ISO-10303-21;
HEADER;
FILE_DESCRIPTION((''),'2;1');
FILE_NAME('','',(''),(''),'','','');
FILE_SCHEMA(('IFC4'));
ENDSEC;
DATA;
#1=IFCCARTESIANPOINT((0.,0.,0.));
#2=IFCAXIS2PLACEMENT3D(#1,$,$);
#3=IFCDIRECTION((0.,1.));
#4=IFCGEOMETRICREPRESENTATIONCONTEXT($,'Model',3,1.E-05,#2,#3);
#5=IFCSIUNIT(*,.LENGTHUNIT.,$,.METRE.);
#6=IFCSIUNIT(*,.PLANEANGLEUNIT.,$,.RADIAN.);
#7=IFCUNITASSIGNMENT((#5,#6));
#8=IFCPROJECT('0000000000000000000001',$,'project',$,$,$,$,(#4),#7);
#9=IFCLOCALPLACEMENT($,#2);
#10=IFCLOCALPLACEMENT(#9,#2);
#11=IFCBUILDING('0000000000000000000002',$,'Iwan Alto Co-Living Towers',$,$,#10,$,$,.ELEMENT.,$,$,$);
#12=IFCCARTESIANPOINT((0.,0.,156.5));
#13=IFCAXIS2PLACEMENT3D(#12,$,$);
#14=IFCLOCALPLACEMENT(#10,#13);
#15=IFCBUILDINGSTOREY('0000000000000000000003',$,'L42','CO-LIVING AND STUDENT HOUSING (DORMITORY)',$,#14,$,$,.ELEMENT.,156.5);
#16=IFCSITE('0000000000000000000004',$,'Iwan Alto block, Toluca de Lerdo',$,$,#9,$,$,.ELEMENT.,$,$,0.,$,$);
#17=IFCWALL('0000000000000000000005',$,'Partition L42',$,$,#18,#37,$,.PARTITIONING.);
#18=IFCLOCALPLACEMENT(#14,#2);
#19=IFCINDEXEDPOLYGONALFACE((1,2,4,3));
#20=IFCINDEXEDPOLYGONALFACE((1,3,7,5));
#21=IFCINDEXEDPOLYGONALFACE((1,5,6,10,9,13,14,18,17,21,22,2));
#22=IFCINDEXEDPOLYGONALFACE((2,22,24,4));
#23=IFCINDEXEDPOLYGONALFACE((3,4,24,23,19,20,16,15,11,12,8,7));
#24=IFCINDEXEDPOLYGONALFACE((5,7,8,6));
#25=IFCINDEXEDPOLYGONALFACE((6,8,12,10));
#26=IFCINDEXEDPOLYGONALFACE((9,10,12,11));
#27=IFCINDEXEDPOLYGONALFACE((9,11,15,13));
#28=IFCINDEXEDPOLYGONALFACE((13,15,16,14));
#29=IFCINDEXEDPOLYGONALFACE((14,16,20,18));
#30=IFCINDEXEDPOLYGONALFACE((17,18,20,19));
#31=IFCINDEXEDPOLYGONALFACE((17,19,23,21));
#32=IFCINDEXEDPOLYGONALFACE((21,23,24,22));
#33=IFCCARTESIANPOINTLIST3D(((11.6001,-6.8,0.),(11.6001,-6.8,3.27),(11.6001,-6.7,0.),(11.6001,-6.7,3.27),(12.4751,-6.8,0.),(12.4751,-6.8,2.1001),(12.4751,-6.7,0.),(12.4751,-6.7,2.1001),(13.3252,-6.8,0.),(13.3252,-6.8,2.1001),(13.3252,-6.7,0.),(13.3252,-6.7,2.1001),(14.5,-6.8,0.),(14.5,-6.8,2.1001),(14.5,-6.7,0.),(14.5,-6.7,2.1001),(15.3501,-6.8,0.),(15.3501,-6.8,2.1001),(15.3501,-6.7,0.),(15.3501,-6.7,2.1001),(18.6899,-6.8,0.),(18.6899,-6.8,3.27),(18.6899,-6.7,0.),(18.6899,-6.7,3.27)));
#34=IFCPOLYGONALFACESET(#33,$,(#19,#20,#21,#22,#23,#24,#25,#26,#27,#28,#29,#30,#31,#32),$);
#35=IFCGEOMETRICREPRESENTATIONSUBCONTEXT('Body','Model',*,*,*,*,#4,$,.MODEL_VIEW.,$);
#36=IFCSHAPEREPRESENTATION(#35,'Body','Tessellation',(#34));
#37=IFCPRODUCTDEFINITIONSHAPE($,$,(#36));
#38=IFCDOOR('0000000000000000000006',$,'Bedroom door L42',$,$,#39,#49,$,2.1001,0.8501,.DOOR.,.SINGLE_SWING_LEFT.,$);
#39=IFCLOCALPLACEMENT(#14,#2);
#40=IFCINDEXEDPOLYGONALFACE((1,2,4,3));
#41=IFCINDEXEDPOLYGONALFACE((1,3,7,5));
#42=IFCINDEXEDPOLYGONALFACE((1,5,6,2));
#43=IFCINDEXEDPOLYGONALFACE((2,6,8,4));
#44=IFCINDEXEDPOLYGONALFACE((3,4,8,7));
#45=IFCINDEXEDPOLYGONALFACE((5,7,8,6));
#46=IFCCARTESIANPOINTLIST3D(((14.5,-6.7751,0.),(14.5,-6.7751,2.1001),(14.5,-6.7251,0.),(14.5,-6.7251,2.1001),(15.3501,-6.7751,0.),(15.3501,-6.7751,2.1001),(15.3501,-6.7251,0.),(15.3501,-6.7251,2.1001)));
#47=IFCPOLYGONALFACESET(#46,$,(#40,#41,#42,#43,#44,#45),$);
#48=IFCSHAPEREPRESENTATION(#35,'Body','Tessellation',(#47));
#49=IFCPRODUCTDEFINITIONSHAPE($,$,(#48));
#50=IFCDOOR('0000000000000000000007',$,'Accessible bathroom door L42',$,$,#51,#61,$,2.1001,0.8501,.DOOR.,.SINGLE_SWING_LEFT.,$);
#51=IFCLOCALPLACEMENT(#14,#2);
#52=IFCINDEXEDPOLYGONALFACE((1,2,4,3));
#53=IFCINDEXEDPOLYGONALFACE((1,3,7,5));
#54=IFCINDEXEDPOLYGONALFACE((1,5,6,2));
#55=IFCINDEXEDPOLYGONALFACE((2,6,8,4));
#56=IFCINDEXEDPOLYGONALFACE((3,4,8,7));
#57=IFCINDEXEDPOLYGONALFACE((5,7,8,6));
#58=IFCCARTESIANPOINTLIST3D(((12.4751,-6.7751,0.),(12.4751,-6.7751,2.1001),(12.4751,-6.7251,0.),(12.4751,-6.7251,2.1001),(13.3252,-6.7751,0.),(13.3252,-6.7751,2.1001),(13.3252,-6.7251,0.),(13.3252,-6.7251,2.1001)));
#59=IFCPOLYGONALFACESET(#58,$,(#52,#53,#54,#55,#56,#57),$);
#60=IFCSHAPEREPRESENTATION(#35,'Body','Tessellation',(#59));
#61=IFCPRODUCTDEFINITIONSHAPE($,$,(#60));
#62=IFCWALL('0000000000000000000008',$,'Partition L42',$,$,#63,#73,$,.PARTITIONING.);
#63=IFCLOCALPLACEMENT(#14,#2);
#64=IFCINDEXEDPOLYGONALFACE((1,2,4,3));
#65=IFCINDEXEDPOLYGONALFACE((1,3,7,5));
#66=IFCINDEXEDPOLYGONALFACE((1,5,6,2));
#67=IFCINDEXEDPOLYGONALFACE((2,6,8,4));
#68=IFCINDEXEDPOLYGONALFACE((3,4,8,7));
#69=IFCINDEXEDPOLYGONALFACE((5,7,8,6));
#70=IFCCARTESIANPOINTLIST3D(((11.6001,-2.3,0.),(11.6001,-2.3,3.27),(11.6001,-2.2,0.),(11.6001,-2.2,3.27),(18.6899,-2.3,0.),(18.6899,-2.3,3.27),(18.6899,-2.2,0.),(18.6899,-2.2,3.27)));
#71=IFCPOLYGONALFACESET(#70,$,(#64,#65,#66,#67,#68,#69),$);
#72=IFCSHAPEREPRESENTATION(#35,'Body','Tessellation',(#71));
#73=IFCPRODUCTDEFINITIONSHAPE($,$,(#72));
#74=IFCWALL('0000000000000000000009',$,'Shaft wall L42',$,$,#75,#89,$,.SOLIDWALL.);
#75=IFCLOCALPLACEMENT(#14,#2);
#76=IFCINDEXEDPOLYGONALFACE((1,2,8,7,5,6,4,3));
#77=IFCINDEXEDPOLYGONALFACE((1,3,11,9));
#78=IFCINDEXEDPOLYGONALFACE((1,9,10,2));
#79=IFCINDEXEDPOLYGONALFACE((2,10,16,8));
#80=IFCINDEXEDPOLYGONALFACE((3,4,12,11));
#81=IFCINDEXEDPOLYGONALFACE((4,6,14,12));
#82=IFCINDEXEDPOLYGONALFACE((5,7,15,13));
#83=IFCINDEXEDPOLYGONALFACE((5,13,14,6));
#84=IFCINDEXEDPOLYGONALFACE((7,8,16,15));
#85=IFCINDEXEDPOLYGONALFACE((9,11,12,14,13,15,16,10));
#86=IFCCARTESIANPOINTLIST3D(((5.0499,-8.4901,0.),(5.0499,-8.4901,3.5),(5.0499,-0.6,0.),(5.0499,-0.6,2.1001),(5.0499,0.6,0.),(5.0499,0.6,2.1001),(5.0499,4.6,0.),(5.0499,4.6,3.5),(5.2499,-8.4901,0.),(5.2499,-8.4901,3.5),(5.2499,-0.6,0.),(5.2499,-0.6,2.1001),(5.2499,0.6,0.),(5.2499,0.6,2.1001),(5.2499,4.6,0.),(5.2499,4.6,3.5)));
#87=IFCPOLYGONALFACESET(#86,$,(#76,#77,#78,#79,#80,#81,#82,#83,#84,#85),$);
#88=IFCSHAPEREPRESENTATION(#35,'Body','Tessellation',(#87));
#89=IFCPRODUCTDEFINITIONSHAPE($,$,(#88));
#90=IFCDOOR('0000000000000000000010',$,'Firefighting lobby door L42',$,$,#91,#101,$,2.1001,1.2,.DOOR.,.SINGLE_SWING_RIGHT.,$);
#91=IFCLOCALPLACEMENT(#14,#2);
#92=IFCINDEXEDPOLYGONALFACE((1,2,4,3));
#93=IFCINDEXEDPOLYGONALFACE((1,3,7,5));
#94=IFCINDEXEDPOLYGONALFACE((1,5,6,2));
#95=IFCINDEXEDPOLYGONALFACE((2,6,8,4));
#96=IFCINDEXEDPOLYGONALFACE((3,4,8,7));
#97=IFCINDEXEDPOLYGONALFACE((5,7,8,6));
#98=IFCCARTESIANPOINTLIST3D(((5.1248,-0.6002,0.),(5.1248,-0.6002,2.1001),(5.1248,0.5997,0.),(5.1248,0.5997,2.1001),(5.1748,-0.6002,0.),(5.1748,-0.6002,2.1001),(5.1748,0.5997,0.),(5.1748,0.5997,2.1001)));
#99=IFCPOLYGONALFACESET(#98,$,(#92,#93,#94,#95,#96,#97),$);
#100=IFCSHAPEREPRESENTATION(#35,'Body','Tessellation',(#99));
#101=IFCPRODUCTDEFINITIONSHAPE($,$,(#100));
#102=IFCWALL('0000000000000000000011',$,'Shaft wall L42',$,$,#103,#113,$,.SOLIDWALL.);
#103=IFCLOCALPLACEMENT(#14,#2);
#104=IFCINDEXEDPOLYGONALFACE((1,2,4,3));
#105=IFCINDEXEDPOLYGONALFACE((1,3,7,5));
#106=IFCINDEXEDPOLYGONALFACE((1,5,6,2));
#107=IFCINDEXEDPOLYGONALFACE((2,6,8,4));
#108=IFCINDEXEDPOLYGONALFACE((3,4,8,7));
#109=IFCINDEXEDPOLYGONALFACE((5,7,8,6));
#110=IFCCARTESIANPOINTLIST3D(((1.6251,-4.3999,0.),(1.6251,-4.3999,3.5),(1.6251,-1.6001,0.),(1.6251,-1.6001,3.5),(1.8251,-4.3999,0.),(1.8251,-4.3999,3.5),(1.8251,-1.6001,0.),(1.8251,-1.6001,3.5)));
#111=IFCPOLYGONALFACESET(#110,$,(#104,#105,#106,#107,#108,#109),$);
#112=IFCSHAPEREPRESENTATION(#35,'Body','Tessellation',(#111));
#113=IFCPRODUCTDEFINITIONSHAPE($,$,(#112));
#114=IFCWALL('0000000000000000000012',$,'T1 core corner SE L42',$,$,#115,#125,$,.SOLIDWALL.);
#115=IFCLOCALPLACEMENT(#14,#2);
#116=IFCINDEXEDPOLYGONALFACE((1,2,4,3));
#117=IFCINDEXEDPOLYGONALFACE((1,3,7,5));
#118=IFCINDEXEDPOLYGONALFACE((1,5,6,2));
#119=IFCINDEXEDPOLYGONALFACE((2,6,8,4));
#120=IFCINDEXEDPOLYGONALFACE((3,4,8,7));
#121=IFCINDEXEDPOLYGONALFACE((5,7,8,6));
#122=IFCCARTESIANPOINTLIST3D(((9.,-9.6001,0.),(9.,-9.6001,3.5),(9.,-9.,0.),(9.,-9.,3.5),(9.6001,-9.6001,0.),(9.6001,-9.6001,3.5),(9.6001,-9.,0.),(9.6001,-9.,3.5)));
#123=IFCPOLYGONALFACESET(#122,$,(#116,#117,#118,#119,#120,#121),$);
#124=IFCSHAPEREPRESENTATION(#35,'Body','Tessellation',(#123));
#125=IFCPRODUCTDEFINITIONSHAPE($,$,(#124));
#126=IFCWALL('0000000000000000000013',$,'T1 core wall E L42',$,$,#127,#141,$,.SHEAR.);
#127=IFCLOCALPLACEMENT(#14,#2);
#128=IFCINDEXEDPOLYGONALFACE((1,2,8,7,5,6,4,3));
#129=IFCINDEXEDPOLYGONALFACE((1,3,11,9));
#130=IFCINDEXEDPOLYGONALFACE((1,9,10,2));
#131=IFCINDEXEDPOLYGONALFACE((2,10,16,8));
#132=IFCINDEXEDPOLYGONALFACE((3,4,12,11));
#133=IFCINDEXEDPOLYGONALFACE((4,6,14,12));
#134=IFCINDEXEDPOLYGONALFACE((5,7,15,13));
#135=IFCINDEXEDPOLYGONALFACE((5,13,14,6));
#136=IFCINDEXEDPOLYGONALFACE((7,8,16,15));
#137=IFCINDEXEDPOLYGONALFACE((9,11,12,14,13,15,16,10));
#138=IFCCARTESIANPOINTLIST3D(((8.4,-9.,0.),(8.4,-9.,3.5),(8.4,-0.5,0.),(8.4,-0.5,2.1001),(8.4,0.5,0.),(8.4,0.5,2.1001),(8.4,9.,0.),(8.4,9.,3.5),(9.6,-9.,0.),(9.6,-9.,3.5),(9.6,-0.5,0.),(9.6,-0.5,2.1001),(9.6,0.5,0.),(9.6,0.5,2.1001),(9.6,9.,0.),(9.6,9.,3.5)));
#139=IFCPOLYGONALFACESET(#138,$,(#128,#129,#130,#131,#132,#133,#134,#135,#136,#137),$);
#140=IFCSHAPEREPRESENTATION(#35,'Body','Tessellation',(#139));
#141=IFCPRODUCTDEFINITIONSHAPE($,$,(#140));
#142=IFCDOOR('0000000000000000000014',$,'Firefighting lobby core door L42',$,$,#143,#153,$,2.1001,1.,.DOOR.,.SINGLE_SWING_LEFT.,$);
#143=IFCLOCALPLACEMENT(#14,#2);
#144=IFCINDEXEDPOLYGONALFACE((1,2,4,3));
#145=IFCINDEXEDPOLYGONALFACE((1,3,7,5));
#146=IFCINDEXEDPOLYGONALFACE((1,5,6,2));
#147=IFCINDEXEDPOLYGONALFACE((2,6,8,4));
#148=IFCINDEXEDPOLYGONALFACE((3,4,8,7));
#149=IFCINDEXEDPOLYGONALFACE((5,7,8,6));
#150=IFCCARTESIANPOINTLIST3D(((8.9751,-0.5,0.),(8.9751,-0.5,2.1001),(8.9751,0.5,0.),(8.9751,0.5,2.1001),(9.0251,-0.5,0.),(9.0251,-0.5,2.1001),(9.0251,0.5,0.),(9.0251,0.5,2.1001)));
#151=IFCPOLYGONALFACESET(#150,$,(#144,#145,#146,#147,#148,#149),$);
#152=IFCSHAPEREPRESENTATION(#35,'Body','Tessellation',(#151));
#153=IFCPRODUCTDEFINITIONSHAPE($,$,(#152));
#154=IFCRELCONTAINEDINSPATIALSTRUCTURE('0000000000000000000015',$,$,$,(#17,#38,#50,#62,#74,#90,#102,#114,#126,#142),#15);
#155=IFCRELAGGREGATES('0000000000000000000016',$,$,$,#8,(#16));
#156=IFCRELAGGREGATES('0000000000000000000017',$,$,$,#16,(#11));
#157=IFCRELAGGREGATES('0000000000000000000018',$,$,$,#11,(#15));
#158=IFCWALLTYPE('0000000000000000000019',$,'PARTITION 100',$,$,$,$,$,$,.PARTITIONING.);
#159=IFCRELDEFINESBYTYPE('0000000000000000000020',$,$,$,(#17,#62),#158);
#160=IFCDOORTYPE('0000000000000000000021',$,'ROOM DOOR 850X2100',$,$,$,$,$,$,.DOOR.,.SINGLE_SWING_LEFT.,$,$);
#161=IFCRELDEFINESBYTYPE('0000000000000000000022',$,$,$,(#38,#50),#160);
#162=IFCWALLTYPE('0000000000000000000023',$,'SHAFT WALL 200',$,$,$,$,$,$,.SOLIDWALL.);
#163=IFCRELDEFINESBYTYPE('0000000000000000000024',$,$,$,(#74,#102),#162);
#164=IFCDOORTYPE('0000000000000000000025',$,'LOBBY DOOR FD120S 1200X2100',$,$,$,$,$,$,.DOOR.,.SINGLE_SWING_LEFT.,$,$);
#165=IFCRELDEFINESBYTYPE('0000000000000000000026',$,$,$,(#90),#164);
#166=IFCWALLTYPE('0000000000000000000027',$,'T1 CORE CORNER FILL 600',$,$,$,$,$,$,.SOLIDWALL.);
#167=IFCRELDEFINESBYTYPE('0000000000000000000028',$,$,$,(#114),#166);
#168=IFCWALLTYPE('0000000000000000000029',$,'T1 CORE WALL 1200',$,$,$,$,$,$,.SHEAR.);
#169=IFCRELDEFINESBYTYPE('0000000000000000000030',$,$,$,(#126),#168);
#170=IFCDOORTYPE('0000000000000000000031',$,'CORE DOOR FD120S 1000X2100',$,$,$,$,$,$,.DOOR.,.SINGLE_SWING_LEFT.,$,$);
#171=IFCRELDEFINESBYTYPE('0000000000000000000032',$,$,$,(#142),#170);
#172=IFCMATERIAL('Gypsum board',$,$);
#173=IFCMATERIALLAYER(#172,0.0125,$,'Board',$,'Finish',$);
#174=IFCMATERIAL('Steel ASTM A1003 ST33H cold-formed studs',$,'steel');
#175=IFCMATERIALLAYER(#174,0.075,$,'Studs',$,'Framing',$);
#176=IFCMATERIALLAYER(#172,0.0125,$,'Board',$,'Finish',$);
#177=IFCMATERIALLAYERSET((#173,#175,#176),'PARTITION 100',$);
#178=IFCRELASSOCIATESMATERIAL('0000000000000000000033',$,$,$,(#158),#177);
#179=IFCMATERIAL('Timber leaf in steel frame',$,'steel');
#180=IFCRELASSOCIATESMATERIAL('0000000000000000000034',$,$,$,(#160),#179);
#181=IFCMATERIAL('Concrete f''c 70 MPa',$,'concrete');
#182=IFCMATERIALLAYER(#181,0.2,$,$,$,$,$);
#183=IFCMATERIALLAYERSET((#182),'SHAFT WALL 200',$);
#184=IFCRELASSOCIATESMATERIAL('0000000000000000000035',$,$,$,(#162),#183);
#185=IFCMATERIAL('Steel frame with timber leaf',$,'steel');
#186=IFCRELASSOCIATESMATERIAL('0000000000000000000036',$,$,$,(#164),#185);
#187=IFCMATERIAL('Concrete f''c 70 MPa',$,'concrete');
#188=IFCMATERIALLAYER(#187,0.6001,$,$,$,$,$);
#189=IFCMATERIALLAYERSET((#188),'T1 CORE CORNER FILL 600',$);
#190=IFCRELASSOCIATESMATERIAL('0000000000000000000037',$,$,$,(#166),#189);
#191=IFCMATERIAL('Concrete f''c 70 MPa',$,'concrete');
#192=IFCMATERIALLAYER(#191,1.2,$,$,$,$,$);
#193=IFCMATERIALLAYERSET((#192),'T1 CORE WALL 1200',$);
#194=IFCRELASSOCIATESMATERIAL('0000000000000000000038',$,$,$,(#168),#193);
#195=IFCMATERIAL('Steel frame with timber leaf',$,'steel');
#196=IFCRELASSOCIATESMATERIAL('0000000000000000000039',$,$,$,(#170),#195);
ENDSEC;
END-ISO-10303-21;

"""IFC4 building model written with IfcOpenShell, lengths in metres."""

from ifc_helpers import new_model, si_unit, direction, frame, frame_2d, origin, place, context, subcontext, project, spatial, rectangle, extrude, material, layer, layer_set, type_object, element, fill, save


model = new_model("IFC4")

# Units and contexts
model_context = context("Model", 3, precision=1e-05, world=origin(), true_north=direction((0.0, 1.0)))
body_context = subcontext(model_context, "Body", "Model", "MODEL_VIEW")
ifc_project = project(units=[si_unit("LENGTHUNIT", "METRE"), si_unit("PLANEANGLEUNIT", "RADIAN")], contexts=[model_context])

# Site, building, storey
site_placement = place(None, origin())
site = spatial("IfcSite", under=ifc_project, at=site_placement, Name="Iwan Alto block, Toluca de Lerdo", CompositionType="ELEMENT", RefElevation=0.0)
building_placement = place(site_placement, origin())
building = spatial("IfcBuilding", under=site, at=building_placement, Name="Iwan Alto Co-Living Towers", CompositionType="ELEMENT")
storey_placement = place(building_placement, frame((0.0, 0.0, 156.5)))
storey = spatial("IfcBuildingStorey", under=building, at=storey_placement, Name="L42", Description="CO-LIVING AND STUDENT HOUSING (DORMITORY)", CompositionType="ELEMENT", Elevation=156.5)

# Shared definitions
ifc_material_1 = material(Name="Gypsum board")
ifc_material_2 = material(Name="Steel ASTM A1003 ST33H cold-formed studs", Category="steel")

# Shared definitions
ifc_layer_1 = layer(ifc_material_1, 0.0125, Name="Board", Category="Finish")
ifc_layer_2 = layer(ifc_material_2, 0.075, Name="Studs", Category="Framing")
ifc_layer_3 = layer(ifc_material_1, 0.0125, Name="Board", Category="Finish")
ifc_layer_set_1 = layer_set([ifc_layer_1, ifc_layer_2, ifc_layer_3], Name="PARTITION 100")
wall_type_1 = type_object("IfcWallType", Name="PARTITION 100", PredefinedType="PARTITIONING", material=ifc_layer_set_1)

# Shared definitions
ifc_material_3 = material(Name="Timber leaf in steel frame", Category="steel")
door_type_1 = type_object("IfcDoorType", Name="ROOM DOOR 850X2100", OperationType="SINGLE_SWING_LEFT", PredefinedType="DOOR", material=ifc_material_3)

# Wall, openings, doors
wall_1_placement = place(storey_placement, frame((11.6001, -6.75, 0.0), z_axis=(0.0, 0.0, 1.0), x_axis=(1.0, 0.0, 0.0)))
wall_1 = element("IfcWall", 1, at=wall_1_placement, inside=storey, type_object=wall_type_1, Name="Partition L42", PredefinedType="PARTITIONING", context=body_context, shape_type="SweptSolid", body=[
    extrude(rectangle(XDim=7.0898, YDim=0.1001, at=frame_2d((3.5449, 0.0))), origin(), (0.0, 0.0, 1.0), 3.27),
])
opening_1_placement = place(wall_1_placement, frame((2.8999, 0.0, 0.0)))
opening_1 = element("IfcOpeningElement", 2, at=opening_1_placement, cuts=wall_1, PredefinedType="OPENING", context=body_context, shape_type="SweptSolid", body=[
    extrude(rectangle(XDim=0.8501, YDim=2.1001, at=frame_2d((0.425, 1.05))), frame((0.0, 0.0601, 0.0), z_axis=(0.0, -1.0, 0.0), x_axis=(1.0, 0.0, 0.0)), (0.0, 0.0, 1.0), 0.1201),
])
opening_2_placement = place(wall_1_placement, frame((0.875, 0.0, 0.0)))
opening_2 = element("IfcOpeningElement", 3, at=opening_2_placement, cuts=wall_1, PredefinedType="OPENING", context=body_context, shape_type="SweptSolid", body=[
    extrude(rectangle(XDim=0.8501, YDim=2.1001, at=frame_2d((0.425, 1.05))), frame((0.0, 0.0601, 0.0), z_axis=(0.0, -1.0, 0.0), x_axis=(1.0, 0.0, 0.0)), (0.0, 0.0, 1.0), 0.1201),
])
door_1_placement = place(opening_1_placement, origin())
door_1 = element("IfcDoor", 4, at=door_1_placement, inside=storey, type_object=door_type_1, Name="Bedroom door L42", OperationType="SINGLE_SWING_LEFT", OverallHeight=2.1001, OverallWidth=0.8501, PredefinedType="DOOR", context=body_context, shape_type="SweptSolid", body=[
    extrude(rectangle(XDim=0.8501, YDim=2.1001, at=frame_2d((0.425, 1.05))), frame((0.0, 0.0249, 0.0), z_axis=(0.0, -1.0, 0.0), x_axis=(1.0, 0.0, 0.0)), (0.0, 0.0, 1.0), 0.05),
])
fill(opening_1, door_1)
door_2_placement = place(opening_2_placement, origin())
door_2 = element("IfcDoor", 5, at=door_2_placement, inside=storey, type_object=door_type_1, Name="Accessible bathroom door L42", OperationType="SINGLE_SWING_LEFT", OverallHeight=2.1001, OverallWidth=0.8501, PredefinedType="DOOR", context=body_context, shape_type="SweptSolid", body=[
    extrude(rectangle(XDim=0.8501, YDim=2.1001, at=frame_2d((0.425, 1.05))), frame((0.0, 0.0249, 0.0), z_axis=(0.0, -1.0, 0.0), x_axis=(1.0, 0.0, 0.0)), (0.0, 0.0, 1.0), 0.05),
])
fill(opening_2, door_2)

# Wall
wall_2_placement = place(storey_placement, frame((11.6001, -2.25, 0.0), z_axis=(0.0, 0.0, 1.0), x_axis=(1.0, 0.0, 0.0)))
element("IfcWall", 6, at=wall_2_placement, inside=storey, type_object=wall_type_1, Name="Partition L42", PredefinedType="PARTITIONING", context=body_context, shape_type="SweptSolid", body=[
    extrude(rectangle(XDim=7.0898, YDim=0.1001, at=frame_2d((3.5449, 0.0))), origin(), (0.0, 0.0, 1.0), 3.27),
])

# Wall, opening, door
ifc_material_4 = material(Name="Concrete f'c 70 MPa", Category="concrete")
ifc_layer_4 = layer(ifc_material_4, 0.2)
ifc_layer_set_2 = layer_set([ifc_layer_4], Name="SHAFT WALL 200")
wall_type_2 = type_object("IfcWallType", Name="SHAFT WALL 200", PredefinedType="SOLIDWALL", material=ifc_layer_set_2)
wall_3_placement = place(storey_placement, frame((5.1499, -8.49, 0.0), z_axis=(0.0, 0.0, 1.0), x_axis=(0.0, 1.0, 0.0)))
wall_3 = element("IfcWall", 7, at=wall_3_placement, inside=storey, type_object=wall_type_2, Name="Shaft wall L42", PredefinedType="SOLIDWALL", context=body_context, shape_type="SweptSolid", body=[
    extrude(rectangle(XDim=13.0901, YDim=0.2, at=frame_2d((6.5449, 0.0))), origin(), (0.0, 0.0, 1.0), 3.5),
])
opening_3_placement = place(wall_3_placement, frame((7.8899, 0.0, 0.0)))
opening_3 = element("IfcOpeningElement", 8, at=opening_3_placement, cuts=wall_3, PredefinedType="OPENING", context=body_context, shape_type="SweptSolid", body=[
    extrude(rectangle(XDim=1.2, YDim=2.1001, at=frame_2d((0.6001, 1.05))), frame((0.0, 0.1099, 0.0), z_axis=(0.0, -1.0, 0.0), x_axis=(1.0, 0.0, 0.0)), (0.0, 0.0, 1.0), 0.22),
])
ifc_material_5 = material(Name="Steel frame with timber leaf", Category="steel")
door_type_2 = type_object("IfcDoorType", Name="LOBBY DOOR FD120S 1200X2100", OperationType="SINGLE_SWING_LEFT", PredefinedType="DOOR", material=ifc_material_5)
door_3_placement = place(opening_3_placement, frame((1.2, 0.0, 0.0), z_axis=(0.0, 0.0, 1.0), x_axis=(-1.0, 0.0, 0.0)))
door_3 = element("IfcDoor", 9, at=door_3_placement, inside=storey, type_object=door_type_2, Name="Firefighting lobby door L42", OperationType="SINGLE_SWING_RIGHT", OverallHeight=2.1001, OverallWidth=1.2, PredefinedType="DOOR", context=body_context, shape_type="SweptSolid", body=[
    extrude(rectangle(XDim=1.2, YDim=2.1001, at=frame_2d((0.6001, 1.05))), frame((0.0, 0.0249, 0.0), z_axis=(0.0, -1.0, 0.0), x_axis=(1.0, 0.0, 0.0)), (0.0, 0.0, 1.0), 0.05),
])
fill(opening_3, door_3)

# Walls
wall_4_placement = place(storey_placement, frame((1.7251, -4.3999, 0.0), z_axis=(0.0, 0.0, 1.0), x_axis=(0.0, 1.0, 0.0)))
element("IfcWall", 10, at=wall_4_placement, inside=storey, type_object=wall_type_2, Name="Shaft wall L42", PredefinedType="SOLIDWALL", context=body_context, shape_type="SweptSolid", body=[
    extrude(rectangle(XDim=2.7998, YDim=0.2, at=frame_2d((1.3999, 0.0))), origin(), (0.0, 0.0, 1.0), 3.5),
])
ifc_material_6 = material(Name="Concrete f'c 70 MPa", Category="concrete")
ifc_layer_5 = layer(ifc_material_6, 0.6001)
ifc_layer_set_3 = layer_set([ifc_layer_5], Name="T1 CORE CORNER FILL 600")
wall_type_3 = type_object("IfcWallType", Name="T1 CORE CORNER FILL 600", PredefinedType="SOLIDWALL", material=ifc_layer_set_3)
wall_5_placement = place(storey_placement, frame((9.0, -9.3, 0.0), z_axis=(0.0, 0.0, 1.0), x_axis=(1.0, 0.0, 0.0)))
element("IfcWall", 11, at=wall_5_placement, inside=storey, type_object=wall_type_3, Name="T1 core corner SE L42", PredefinedType="SOLIDWALL", context=body_context, shape_type="SweptSolid", body=[
    extrude(rectangle(XDim=0.6001, YDim=0.6001, at=frame_2d((0.3, 0.0))), origin(), (0.0, 0.0, 1.0), 3.5),
])

# Wall, opening, door
ifc_material_7 = material(Name="Concrete f'c 70 MPa", Category="concrete")
ifc_layer_6 = layer(ifc_material_7, 1.2)
ifc_layer_set_4 = layer_set([ifc_layer_6], Name="T1 CORE WALL 1200")
wall_type_4 = type_object("IfcWallType", Name="T1 CORE WALL 1200", PredefinedType="SHEAR", material=ifc_layer_set_4)
wall_6_placement = place(storey_placement, frame((9.0, -9.0, 0.0), z_axis=(0.0, 0.0, 1.0), x_axis=(0.0, 1.0, 0.0)))
wall_6 = element("IfcWall", 12, at=wall_6_placement, inside=storey, type_object=wall_type_4, Name="T1 core wall E L42", PredefinedType="SHEAR", context=body_context, shape_type="SweptSolid", body=[
    extrude(rectangle(XDim=18.0, YDim=1.2, at=frame_2d((9.0, 0.0))), origin(), (0.0, 0.0, 1.0), 3.5),
])
opening_4_placement = place(wall_6_placement, frame((8.5, 0.0, 0.0)))
opening_4 = element("IfcOpeningElement", 13, at=opening_4_placement, cuts=wall_6, PredefinedType="OPENING", context=body_context, shape_type="SweptSolid", body=[
    extrude(rectangle(XDim=1.0, YDim=2.1001, at=frame_2d((0.5, 1.05))), frame((0.0, 0.6099, 0.0), z_axis=(0.0, -1.0, 0.0), x_axis=(1.0, 0.0, 0.0)), (0.0, 0.0, 1.0), 1.22),
])
ifc_material_8 = material(Name="Steel frame with timber leaf", Category="steel")
door_type_3 = type_object("IfcDoorType", Name="CORE DOOR FD120S 1000X2100", OperationType="SINGLE_SWING_LEFT", PredefinedType="DOOR", material=ifc_material_8)
door_4_placement = place(opening_4_placement, origin())
door_4 = element("IfcDoor", 14, at=door_4_placement, inside=storey, type_object=door_type_3, Name="Firefighting lobby core door L42", OperationType="SINGLE_SWING_LEFT", OverallHeight=2.1001, OverallWidth=1.0, PredefinedType="DOOR", context=body_context, shape_type="SweptSolid", body=[
    extrude(rectangle(XDim=1.0, YDim=2.1001, at=frame_2d((0.5, 1.05))), frame((0.0, 0.0249, 0.0), z_axis=(0.0, -1.0, 0.0), x_axis=(1.0, 0.0, 0.0)), (0.0, 0.0, 1.0), 0.05),
])
fill(opening_4, door_4)

save(model, "model.ifc")
